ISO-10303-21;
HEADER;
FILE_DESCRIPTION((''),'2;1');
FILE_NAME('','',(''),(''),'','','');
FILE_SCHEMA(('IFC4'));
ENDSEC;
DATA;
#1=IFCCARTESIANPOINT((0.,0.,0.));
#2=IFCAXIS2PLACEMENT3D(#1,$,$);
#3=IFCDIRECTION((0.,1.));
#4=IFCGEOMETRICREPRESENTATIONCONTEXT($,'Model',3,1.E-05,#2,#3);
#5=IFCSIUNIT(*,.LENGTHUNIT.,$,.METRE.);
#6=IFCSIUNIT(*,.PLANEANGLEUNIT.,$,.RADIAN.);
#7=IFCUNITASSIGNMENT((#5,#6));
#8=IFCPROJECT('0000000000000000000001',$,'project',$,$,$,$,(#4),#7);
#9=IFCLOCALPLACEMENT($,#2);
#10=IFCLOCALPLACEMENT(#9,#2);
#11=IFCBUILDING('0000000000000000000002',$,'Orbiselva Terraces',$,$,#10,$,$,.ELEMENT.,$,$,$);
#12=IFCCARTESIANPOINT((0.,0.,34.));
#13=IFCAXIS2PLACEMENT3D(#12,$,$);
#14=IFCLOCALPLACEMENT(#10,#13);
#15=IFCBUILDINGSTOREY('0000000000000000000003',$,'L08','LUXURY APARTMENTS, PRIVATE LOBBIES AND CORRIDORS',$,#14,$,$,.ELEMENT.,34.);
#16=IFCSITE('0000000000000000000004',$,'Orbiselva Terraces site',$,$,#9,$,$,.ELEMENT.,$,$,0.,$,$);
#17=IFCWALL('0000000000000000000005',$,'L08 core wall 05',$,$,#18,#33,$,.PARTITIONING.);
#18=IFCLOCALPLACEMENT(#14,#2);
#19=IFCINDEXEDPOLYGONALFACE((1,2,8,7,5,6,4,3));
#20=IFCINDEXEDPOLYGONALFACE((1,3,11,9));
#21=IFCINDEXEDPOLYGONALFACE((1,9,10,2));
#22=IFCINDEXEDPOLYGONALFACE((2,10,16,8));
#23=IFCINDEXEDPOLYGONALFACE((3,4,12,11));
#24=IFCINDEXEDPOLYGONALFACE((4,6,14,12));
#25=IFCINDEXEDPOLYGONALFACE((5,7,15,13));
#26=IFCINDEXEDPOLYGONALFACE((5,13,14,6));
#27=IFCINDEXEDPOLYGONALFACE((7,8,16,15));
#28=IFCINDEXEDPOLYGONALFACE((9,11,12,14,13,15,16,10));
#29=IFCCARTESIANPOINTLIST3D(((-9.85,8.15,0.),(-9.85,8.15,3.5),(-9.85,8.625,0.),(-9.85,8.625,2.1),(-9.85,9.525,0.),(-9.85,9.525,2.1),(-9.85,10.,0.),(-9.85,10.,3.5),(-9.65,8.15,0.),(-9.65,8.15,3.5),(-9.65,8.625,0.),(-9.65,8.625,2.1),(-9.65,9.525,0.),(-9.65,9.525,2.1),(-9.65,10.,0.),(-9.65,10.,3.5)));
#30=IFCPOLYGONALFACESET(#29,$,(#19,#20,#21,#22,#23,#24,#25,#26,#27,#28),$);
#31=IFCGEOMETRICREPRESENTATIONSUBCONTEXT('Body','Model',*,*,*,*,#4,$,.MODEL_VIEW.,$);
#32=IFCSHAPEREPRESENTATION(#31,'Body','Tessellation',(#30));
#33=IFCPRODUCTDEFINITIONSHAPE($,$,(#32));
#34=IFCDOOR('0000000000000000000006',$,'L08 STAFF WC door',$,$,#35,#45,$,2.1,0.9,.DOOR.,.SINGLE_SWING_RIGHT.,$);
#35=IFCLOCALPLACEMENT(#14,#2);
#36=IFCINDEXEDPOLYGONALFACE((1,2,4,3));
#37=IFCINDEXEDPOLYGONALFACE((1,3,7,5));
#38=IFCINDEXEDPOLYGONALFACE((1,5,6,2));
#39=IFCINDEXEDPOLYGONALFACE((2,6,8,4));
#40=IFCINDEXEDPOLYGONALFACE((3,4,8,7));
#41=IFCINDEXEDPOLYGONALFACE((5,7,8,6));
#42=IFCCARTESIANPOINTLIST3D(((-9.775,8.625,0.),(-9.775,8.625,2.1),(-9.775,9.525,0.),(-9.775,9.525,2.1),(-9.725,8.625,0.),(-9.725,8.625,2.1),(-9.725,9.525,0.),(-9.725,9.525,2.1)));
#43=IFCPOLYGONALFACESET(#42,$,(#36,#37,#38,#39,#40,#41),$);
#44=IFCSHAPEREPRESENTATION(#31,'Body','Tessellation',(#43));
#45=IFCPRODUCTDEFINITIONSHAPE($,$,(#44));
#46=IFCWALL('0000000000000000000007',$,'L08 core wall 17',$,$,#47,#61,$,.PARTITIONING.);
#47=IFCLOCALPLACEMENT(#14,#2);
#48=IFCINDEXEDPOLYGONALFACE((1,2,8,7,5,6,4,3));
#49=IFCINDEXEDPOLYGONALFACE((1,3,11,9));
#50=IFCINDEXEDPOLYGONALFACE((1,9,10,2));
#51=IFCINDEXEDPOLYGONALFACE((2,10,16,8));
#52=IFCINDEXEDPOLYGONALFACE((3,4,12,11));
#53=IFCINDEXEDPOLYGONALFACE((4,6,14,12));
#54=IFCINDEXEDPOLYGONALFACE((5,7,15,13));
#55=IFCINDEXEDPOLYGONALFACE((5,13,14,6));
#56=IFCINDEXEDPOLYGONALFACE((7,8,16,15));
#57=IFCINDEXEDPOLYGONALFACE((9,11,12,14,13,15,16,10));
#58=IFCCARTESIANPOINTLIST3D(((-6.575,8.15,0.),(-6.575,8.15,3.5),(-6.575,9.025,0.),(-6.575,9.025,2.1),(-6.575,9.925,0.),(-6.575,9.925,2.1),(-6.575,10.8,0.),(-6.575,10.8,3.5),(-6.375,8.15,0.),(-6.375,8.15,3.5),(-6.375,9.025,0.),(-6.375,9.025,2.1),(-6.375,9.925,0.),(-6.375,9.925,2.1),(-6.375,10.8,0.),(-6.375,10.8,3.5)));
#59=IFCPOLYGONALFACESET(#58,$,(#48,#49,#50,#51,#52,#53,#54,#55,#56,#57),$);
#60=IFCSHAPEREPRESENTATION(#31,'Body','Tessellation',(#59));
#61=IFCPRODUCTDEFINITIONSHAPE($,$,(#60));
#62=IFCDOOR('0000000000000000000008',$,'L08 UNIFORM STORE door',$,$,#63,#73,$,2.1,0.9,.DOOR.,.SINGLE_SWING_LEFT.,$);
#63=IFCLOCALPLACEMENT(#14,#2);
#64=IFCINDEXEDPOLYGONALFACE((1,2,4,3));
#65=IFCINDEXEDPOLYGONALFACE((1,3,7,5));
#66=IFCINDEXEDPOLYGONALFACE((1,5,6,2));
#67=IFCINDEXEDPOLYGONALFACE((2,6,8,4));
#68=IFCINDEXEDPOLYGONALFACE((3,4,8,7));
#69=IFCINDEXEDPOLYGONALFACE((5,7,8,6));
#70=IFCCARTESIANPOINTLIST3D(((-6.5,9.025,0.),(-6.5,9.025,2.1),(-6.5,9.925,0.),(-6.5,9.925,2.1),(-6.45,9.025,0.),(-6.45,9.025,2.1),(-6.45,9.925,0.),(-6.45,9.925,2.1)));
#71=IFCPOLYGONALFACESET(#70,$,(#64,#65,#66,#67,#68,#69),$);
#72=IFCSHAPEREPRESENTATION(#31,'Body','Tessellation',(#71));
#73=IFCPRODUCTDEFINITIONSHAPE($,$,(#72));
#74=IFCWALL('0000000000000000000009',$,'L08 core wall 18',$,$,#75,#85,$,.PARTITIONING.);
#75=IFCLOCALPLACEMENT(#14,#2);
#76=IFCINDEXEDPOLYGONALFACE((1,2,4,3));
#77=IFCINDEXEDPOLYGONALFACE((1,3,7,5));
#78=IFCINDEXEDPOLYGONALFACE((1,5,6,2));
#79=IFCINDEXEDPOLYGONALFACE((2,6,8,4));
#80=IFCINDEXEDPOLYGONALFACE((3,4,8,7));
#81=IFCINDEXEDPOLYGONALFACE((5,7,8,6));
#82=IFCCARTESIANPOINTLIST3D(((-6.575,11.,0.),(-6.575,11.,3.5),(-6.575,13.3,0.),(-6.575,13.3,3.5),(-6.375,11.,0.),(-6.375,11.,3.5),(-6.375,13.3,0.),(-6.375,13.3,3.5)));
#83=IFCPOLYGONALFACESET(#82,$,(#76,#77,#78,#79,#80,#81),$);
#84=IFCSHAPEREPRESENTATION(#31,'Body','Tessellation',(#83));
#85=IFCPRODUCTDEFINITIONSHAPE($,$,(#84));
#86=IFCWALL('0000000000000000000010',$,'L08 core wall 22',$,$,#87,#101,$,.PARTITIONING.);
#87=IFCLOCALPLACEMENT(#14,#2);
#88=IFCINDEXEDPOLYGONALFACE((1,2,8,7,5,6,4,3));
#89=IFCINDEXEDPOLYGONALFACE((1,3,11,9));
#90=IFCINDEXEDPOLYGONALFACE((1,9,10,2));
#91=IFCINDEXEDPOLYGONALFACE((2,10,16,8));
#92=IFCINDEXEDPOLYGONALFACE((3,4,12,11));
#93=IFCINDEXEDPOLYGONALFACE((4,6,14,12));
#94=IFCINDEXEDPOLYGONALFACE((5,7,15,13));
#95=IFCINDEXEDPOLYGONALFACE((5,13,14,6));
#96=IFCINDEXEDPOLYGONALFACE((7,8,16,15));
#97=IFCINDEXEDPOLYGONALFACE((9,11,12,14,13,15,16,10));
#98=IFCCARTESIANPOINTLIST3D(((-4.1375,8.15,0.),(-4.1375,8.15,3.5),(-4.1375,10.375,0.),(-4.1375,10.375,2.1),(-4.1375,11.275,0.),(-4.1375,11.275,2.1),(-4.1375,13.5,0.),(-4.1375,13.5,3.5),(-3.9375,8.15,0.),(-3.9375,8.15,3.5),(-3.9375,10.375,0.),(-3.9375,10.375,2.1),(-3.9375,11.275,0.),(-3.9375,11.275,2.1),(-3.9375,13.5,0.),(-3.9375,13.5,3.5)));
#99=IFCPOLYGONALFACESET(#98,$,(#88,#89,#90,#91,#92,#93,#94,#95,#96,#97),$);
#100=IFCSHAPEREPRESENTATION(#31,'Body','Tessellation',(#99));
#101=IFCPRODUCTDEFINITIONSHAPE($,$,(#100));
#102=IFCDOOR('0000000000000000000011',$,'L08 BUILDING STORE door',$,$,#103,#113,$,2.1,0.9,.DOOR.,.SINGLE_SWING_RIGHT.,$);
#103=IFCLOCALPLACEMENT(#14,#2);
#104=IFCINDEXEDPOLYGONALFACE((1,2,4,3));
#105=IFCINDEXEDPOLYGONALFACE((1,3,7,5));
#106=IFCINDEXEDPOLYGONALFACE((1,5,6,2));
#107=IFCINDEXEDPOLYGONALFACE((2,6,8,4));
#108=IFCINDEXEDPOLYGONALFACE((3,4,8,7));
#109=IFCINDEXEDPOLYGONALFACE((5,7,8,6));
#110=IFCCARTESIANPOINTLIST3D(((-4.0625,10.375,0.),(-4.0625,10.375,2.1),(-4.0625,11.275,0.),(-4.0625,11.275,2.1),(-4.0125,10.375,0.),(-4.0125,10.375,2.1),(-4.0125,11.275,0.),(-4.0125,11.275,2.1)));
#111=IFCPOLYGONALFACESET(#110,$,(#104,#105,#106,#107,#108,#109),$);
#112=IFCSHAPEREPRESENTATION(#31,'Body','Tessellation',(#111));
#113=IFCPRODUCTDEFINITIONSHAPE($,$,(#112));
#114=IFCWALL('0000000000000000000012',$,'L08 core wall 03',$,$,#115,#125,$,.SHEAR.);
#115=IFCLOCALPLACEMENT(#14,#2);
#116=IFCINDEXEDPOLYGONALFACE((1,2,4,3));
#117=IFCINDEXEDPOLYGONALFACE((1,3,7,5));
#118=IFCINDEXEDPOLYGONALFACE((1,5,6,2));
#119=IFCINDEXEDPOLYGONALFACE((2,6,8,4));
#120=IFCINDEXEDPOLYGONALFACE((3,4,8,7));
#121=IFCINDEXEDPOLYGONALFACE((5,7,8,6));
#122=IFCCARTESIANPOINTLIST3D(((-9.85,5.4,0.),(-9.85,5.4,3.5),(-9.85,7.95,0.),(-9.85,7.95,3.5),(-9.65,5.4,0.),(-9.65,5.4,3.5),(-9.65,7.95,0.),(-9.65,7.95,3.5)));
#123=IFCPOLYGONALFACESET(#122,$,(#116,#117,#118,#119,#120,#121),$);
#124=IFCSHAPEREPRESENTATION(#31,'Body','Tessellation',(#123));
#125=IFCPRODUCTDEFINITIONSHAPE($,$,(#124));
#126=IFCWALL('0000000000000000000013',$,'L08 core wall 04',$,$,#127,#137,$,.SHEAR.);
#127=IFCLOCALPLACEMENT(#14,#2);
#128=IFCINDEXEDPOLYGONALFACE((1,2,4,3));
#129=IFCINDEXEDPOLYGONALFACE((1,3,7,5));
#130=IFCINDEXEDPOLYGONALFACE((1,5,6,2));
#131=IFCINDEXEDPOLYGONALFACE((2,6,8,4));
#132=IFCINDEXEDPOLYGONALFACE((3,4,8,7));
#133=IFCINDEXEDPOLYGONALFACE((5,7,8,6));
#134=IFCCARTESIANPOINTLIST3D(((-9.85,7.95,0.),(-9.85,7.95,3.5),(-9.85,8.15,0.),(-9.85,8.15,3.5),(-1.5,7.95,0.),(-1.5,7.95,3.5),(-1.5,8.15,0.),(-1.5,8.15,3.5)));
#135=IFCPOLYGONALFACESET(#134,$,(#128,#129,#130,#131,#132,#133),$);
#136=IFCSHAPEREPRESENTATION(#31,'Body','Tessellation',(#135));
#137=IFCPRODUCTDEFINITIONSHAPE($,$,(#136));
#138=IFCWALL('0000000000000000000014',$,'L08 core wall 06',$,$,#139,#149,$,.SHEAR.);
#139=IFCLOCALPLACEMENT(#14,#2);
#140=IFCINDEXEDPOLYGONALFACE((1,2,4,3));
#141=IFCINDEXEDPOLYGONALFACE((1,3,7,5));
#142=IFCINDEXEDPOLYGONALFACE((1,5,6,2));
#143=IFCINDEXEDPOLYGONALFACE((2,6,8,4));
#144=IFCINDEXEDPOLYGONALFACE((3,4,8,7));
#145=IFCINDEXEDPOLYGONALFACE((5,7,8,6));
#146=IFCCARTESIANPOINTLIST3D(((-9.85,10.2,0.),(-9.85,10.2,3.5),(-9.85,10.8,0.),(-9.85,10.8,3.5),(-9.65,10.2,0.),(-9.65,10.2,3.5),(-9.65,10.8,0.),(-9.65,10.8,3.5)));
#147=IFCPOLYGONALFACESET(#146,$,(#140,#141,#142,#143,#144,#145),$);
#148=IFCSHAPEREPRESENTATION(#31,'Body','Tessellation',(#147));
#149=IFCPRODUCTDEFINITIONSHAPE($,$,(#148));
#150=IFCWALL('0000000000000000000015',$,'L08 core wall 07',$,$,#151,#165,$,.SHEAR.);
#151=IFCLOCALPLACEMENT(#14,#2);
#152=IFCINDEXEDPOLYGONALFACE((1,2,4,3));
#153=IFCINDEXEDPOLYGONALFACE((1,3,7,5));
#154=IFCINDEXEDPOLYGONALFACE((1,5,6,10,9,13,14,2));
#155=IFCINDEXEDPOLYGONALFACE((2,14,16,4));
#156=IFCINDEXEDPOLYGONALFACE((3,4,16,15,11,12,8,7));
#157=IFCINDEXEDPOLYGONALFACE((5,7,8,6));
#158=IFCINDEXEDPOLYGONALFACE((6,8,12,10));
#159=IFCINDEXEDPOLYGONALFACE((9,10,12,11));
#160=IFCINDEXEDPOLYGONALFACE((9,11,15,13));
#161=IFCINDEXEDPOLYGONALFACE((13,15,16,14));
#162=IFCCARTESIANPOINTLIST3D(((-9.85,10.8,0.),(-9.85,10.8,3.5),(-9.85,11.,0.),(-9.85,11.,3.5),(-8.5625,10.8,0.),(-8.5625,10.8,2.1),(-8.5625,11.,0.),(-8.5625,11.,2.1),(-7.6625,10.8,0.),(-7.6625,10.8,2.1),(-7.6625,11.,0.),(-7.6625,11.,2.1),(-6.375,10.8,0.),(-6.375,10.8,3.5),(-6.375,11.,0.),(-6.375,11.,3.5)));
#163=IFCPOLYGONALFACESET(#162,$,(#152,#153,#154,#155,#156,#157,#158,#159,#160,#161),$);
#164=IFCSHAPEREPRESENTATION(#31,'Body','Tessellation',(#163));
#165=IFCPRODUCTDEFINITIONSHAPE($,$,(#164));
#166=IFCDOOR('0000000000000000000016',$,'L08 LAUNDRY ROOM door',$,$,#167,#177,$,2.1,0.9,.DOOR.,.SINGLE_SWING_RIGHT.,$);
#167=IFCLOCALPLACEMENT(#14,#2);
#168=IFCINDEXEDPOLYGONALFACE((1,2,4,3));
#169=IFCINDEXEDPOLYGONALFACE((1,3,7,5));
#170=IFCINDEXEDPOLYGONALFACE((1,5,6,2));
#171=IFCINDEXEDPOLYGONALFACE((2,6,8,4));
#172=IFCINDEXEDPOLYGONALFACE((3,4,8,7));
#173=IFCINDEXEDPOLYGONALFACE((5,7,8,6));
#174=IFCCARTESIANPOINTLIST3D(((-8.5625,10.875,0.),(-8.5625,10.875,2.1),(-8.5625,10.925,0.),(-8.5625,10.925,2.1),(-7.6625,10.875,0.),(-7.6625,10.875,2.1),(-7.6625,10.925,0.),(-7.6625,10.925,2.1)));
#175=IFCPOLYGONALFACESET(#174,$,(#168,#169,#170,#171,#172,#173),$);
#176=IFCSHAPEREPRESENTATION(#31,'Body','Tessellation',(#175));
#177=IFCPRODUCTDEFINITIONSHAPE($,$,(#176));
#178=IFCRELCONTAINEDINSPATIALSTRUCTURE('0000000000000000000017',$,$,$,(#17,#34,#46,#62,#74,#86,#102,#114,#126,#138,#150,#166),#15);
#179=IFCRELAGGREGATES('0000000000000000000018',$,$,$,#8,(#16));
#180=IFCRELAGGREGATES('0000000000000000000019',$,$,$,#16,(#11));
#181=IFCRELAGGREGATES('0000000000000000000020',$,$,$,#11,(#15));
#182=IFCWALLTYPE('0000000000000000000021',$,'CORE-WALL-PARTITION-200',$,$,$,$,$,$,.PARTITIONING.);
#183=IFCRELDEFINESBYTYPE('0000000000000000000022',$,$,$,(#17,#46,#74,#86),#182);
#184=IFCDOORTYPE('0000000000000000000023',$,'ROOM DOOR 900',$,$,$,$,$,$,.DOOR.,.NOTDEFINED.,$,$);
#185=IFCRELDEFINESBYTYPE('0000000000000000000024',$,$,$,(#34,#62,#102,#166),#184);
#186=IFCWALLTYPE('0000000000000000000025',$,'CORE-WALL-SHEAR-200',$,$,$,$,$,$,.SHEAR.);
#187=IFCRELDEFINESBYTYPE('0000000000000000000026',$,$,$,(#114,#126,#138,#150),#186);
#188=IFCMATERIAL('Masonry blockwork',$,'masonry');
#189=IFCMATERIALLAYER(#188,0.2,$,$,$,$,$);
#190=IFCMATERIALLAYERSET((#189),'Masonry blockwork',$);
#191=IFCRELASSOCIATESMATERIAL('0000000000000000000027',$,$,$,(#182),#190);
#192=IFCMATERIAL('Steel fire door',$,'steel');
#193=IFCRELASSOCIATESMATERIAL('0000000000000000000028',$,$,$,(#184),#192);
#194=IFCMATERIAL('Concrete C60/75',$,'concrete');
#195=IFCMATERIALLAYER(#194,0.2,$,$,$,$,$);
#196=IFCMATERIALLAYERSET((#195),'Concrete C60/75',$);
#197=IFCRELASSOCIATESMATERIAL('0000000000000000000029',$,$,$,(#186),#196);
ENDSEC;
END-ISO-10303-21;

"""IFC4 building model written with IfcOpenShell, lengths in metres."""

from ifc_helpers import new_model, si_unit, direction, frame, frame_2d, origin, place, context, subcontext, project, spatial, rectangle, extrude, material, layer, layer_set, type_object, element, fill, save


model = new_model("IFC4")

# Units and contexts
model_context = context("Model", 3, precision=1e-05, world=origin(), true_north=direction((0.0, 1.0)))
body_context = subcontext(model_context, "Body", "Model", "MODEL_VIEW")
ifc_project = project(units=[si_unit("LENGTHUNIT", "METRE"), si_unit("PLANEANGLEUNIT", "RADIAN")], contexts=[model_context])

# Site, building, storey
site_placement = place(None, origin())
site = spatial("IfcSite", under=ifc_project, at=site_placement, Name="Orbiselva Terraces site", CompositionType="ELEMENT", RefElevation=0.0)
building_placement = place(site_placement, origin())
building = spatial("IfcBuilding", under=site, at=building_placement, Name="Orbiselva Terraces", CompositionType="ELEMENT")
storey_placement = place(building_placement, frame((0.0, 0.0, 34.0)))
storey = spatial("IfcBuildingStorey", under=building, at=storey_placement, Name="L08", Description="LUXURY APARTMENTS, PRIVATE LOBBIES AND CORRIDORS", CompositionType="ELEMENT", Elevation=34.0)

# Walls, openings, doors
ifc_material_1 = material(Name="Masonry blockwork", Category="masonry")
ifc_layer_1 = layer(ifc_material_1, 0.2)
ifc_layer_set_1 = layer_set([ifc_layer_1], Name="Masonry blockwork")
wall_type_1 = type_object("IfcWallType", Name="CORE-WALL-PARTITION-200", PredefinedType="PARTITIONING", material=ifc_layer_set_1)
wall_1_placement = place(storey_placement, frame((-9.75, 8.15, 0.0), z_axis=(0.0, 0.0, 1.0), x_axis=(0.0, 1.0, 0.0)))
wall_1 = element("IfcWall", 1, at=wall_1_placement, inside=storey, type_object=wall_type_1, Name="L08 core wall 05", PredefinedType="PARTITIONING", context=body_context, shape_type="SweptSolid", body=[
    extrude(rectangle(XDim=1.85, YDim=0.2, at=frame_2d((0.925, 0.0))), origin(), (0.0, 0.0, 1.0), 3.5),
])
opening_1_placement = place(wall_1_placement, frame((0.475, 0.0, 0.0)))
opening_1 = element("IfcOpeningElement", 2, at=opening_1_placement, cuts=wall_1, PredefinedType="OPENING", context=body_context, shape_type="SweptSolid", body=[
    extrude(rectangle(XDim=0.9, YDim=2.1, at=frame_2d((0.45, 1.05))), frame((0.0, 0.11, 0.0), z_axis=(0.0, -1.0, 0.0), x_axis=(1.0, 0.0, 0.0)), (0.0, 0.0, 1.0), 0.22),
])
ifc_material_2 = material(Name="Steel fire door", Category="steel")
door_type = type_object("IfcDoorType", Name="ROOM DOOR 900", OperationType="NOTDEFINED", PredefinedType="DOOR", material=ifc_material_2)
door_1_placement = place(opening_1_placement, origin())
door_1 = element("IfcDoor", 3, at=door_1_placement, inside=storey, type_object=door_type, Name="L08 STAFF WC door", OperationType="SINGLE_SWING_RIGHT", OverallHeight=2.1, OverallWidth=0.9, PredefinedType="DOOR", context=body_context, shape_type="SweptSolid", body=[
    extrude(rectangle(XDim=0.9, YDim=2.1, at=frame_2d((0.45, 1.05))), frame((0.0, 0.025, 0.0), z_axis=(0.0, -1.0, 0.0), x_axis=(1.0, 0.0, 0.0)), (0.0, 0.0, 1.0), 0.05),
])
fill(opening_1, door_1)
wall_2_placement = place(storey_placement, frame((-6.475, 8.15, 0.0), z_axis=(0.0, 0.0, 1.0), x_axis=(0.0, 1.0, 0.0)))
wall_2 = element("IfcWall", 4, at=wall_2_placement, inside=storey, type_object=wall_type_1, Name="L08 core wall 17", PredefinedType="PARTITIONING", context=body_context, shape_type="SweptSolid", body=[
    extrude(rectangle(XDim=2.65, YDim=0.2, at=frame_2d((1.325, 0.0))), origin(), (0.0, 0.0, 1.0), 3.5),
])
opening_2_placement = place(wall_2_placement, frame((0.875, 0.0, 0.0)))
opening_2 = element("IfcOpeningElement", 5, at=opening_2_placement, cuts=wall_2, PredefinedType="OPENING", context=body_context, shape_type="SweptSolid", body=[
    extrude(rectangle(XDim=0.9, YDim=2.1, at=frame_2d((0.45, 1.05))), frame((0.0, 0.11, 0.0), z_axis=(0.0, -1.0, 0.0), x_axis=(1.0, 0.0, 0.0)), (0.0, 0.0, 1.0), 0.22),
])
door_2_placement = place(opening_2_placement, origin())
door_2 = element("IfcDoor", 6, at=door_2_placement, inside=storey, type_object=door_type, Name="L08 UNIFORM STORE door", OperationType="SINGLE_SWING_LEFT", OverallHeight=2.1, OverallWidth=0.9, PredefinedType="DOOR", context=body_context, shape_type="SweptSolid", body=[
    extrude(rectangle(XDim=0.9, YDim=2.1, at=frame_2d((0.45, 1.05))), frame((0.0, 0.025, 0.0), z_axis=(0.0, -1.0, 0.0), x_axis=(1.0, 0.0, 0.0)), (0.0, 0.0, 1.0), 0.05),
])
fill(opening_2, door_2)

# Wall
wall_3_placement = place(storey_placement, frame((-6.475, 11.0, 0.0), z_axis=(0.0, 0.0, 1.0), x_axis=(0.0, 1.0, 0.0)))
element("IfcWall", 7, at=wall_3_placement, inside=storey, type_object=wall_type_1, Name="L08 core wall 18", PredefinedType="PARTITIONING", context=body_context, shape_type="SweptSolid", body=[
    extrude(rectangle(XDim=2.3, YDim=0.2, at=frame_2d((1.15, 0.0))), origin(), (0.0, 0.0, 1.0), 3.5),
])

# Wall, opening, door
wall_4_placement = place(storey_placement, frame((-4.0375, 8.15, 0.0), z_axis=(0.0, 0.0, 1.0), x_axis=(0.0, 1.0, 0.0)))
wall_4 = element("IfcWall", 8, at=wall_4_placement, inside=storey, type_object=wall_type_1, Name="L08 core wall 22", PredefinedType="PARTITIONING", context=body_context, shape_type="SweptSolid", body=[
    extrude(rectangle(XDim=5.35, YDim=0.2, at=frame_2d((2.675, 0.0))), origin(), (0.0, 0.0, 1.0), 3.5),
])
opening_3_placement = place(wall_4_placement, frame((2.225, 0.0, 0.0)))
opening_3 = element("IfcOpeningElement", 9, at=opening_3_placement, cuts=wall_4, PredefinedType="OPENING", context=body_context, shape_type="SweptSolid", body=[
    extrude(rectangle(XDim=0.9, YDim=2.1, at=frame_2d((0.45, 1.05))), frame((0.0, 0.11, 0.0), z_axis=(0.0, -1.0, 0.0), x_axis=(1.0, 0.0, 0.0)), (0.0, 0.0, 1.0), 0.22),
])
door_3_placement = place(opening_3_placement, origin())
door_3 = element("IfcDoor", 10, at=door_3_placement, inside=storey, type_object=door_type, Name="L08 BUILDING STORE door", OperationType="SINGLE_SWING_RIGHT", OverallHeight=2.1, OverallWidth=0.9, PredefinedType="DOOR", context=body_context, shape_type="SweptSolid", body=[
    extrude(rectangle(XDim=0.9, YDim=2.1, at=frame_2d((0.45, 1.05))), frame((0.0, 0.025, 0.0), z_axis=(0.0, -1.0, 0.0), x_axis=(1.0, 0.0, 0.0)), (0.0, 0.0, 1.0), 0.05),
])
fill(opening_3, door_3)

# Walls
ifc_material_3 = material(Name="Concrete C60/75", Category="concrete")
ifc_layer_2 = layer(ifc_material_3, 0.2)
ifc_layer_set_2 = layer_set([ifc_layer_2], Name="Concrete C60/75")
wall_type_2 = type_object("IfcWallType", Name="CORE-WALL-SHEAR-200", PredefinedType="SHEAR", material=ifc_layer_set_2)
wall_5_placement = place(storey_placement, frame((-9.75, 5.4, 0.0), z_axis=(0.0, 0.0, 1.0), x_axis=(0.0, 1.0, 0.0)))
element("IfcWall", 11, at=wall_5_placement, inside=storey, type_object=wall_type_2, Name="L08 core wall 03", PredefinedType="SHEAR", context=body_context, shape_type="SweptSolid", body=[
    extrude(rectangle(XDim=2.55, YDim=0.2, at=frame_2d((1.275, 0.0))), origin(), (0.0, 0.0, 1.0), 3.5),
])
wall_6_placement = place(storey_placement, frame((-9.85, 8.05, 0.0), z_axis=(0.0, 0.0, 1.0), x_axis=(1.0, 0.0, 0.0)))
element("IfcWall", 12, at=wall_6_placement, inside=storey, type_object=wall_type_2, Name="L08 core wall 04", PredefinedType="SHEAR", context=body_context, shape_type="SweptSolid", body=[
    extrude(rectangle(XDim=8.35, YDim=0.2, at=frame_2d((4.175, 0.0))), origin(), (0.0, 0.0, 1.0), 3.5),
])
wall_7_placement = place(storey_placement, frame((-9.75, 10.2, 0.0), z_axis=(0.0, 0.0, 1.0), x_axis=(0.0, 1.0, 0.0)))
element("IfcWall", 13, at=wall_7_placement, inside=storey, type_object=wall_type_2, Name="L08 core wall 06", PredefinedType="SHEAR", context=body_context, shape_type="SweptSolid", body=[
    extrude(rectangle(XDim=0.6, YDim=0.2, at=frame_2d((0.3, 0.0))), origin(), (0.0, 0.0, 1.0), 3.5),
])

# Wall, opening, door
wall_8_placement = place(storey_placement, frame((-9.85, 10.9, 0.0), z_axis=(0.0, 0.0, 1.0), x_axis=(1.0, 0.0, 0.0)))
wall_8 = element("IfcWall", 14, at=wall_8_placement, inside=storey, type_object=wall_type_2, Name="L08 core wall 07", PredefinedType="SHEAR", context=body_context, shape_type="SweptSolid", body=[
    extrude(rectangle(XDim=3.475, YDim=0.2, at=frame_2d((1.7375, 0.0))), origin(), (0.0, 0.0, 1.0), 3.5),
])
opening_4_placement = place(wall_8_placement, frame((1.2875, 0.0, 0.0)))
opening_4 = element("IfcOpeningElement", 15, at=opening_4_placement, cuts=wall_8, PredefinedType="OPENING", context=body_context, shape_type="SweptSolid", body=[
    extrude(rectangle(XDim=0.9, YDim=2.1, at=frame_2d((0.45, 1.05))), frame((0.0, 0.11, 0.0), z_axis=(0.0, -1.0, 0.0), x_axis=(1.0, 0.0, 0.0)), (0.0, 0.0, 1.0), 0.22),
])
door_4_placement = place(opening_4_placement, origin())
door_4 = element("IfcDoor", 16, at=door_4_placement, inside=storey, type_object=door_type, Name="L08 LAUNDRY ROOM door", OperationType="SINGLE_SWING_RIGHT", OverallHeight=2.1, OverallWidth=0.9, PredefinedType="DOOR", context=body_context, shape_type="SweptSolid", body=[
    extrude(rectangle(XDim=0.9, YDim=2.1, at=frame_2d((0.45, 1.05))), frame((0.0, 0.025, 0.0), z_axis=(0.0, -1.0, 0.0), x_axis=(1.0, 0.0, 0.0)), (0.0, 0.0, 1.0), 0.05),
])
fill(opening_4, door_4)

save(model, "model.ifc")
